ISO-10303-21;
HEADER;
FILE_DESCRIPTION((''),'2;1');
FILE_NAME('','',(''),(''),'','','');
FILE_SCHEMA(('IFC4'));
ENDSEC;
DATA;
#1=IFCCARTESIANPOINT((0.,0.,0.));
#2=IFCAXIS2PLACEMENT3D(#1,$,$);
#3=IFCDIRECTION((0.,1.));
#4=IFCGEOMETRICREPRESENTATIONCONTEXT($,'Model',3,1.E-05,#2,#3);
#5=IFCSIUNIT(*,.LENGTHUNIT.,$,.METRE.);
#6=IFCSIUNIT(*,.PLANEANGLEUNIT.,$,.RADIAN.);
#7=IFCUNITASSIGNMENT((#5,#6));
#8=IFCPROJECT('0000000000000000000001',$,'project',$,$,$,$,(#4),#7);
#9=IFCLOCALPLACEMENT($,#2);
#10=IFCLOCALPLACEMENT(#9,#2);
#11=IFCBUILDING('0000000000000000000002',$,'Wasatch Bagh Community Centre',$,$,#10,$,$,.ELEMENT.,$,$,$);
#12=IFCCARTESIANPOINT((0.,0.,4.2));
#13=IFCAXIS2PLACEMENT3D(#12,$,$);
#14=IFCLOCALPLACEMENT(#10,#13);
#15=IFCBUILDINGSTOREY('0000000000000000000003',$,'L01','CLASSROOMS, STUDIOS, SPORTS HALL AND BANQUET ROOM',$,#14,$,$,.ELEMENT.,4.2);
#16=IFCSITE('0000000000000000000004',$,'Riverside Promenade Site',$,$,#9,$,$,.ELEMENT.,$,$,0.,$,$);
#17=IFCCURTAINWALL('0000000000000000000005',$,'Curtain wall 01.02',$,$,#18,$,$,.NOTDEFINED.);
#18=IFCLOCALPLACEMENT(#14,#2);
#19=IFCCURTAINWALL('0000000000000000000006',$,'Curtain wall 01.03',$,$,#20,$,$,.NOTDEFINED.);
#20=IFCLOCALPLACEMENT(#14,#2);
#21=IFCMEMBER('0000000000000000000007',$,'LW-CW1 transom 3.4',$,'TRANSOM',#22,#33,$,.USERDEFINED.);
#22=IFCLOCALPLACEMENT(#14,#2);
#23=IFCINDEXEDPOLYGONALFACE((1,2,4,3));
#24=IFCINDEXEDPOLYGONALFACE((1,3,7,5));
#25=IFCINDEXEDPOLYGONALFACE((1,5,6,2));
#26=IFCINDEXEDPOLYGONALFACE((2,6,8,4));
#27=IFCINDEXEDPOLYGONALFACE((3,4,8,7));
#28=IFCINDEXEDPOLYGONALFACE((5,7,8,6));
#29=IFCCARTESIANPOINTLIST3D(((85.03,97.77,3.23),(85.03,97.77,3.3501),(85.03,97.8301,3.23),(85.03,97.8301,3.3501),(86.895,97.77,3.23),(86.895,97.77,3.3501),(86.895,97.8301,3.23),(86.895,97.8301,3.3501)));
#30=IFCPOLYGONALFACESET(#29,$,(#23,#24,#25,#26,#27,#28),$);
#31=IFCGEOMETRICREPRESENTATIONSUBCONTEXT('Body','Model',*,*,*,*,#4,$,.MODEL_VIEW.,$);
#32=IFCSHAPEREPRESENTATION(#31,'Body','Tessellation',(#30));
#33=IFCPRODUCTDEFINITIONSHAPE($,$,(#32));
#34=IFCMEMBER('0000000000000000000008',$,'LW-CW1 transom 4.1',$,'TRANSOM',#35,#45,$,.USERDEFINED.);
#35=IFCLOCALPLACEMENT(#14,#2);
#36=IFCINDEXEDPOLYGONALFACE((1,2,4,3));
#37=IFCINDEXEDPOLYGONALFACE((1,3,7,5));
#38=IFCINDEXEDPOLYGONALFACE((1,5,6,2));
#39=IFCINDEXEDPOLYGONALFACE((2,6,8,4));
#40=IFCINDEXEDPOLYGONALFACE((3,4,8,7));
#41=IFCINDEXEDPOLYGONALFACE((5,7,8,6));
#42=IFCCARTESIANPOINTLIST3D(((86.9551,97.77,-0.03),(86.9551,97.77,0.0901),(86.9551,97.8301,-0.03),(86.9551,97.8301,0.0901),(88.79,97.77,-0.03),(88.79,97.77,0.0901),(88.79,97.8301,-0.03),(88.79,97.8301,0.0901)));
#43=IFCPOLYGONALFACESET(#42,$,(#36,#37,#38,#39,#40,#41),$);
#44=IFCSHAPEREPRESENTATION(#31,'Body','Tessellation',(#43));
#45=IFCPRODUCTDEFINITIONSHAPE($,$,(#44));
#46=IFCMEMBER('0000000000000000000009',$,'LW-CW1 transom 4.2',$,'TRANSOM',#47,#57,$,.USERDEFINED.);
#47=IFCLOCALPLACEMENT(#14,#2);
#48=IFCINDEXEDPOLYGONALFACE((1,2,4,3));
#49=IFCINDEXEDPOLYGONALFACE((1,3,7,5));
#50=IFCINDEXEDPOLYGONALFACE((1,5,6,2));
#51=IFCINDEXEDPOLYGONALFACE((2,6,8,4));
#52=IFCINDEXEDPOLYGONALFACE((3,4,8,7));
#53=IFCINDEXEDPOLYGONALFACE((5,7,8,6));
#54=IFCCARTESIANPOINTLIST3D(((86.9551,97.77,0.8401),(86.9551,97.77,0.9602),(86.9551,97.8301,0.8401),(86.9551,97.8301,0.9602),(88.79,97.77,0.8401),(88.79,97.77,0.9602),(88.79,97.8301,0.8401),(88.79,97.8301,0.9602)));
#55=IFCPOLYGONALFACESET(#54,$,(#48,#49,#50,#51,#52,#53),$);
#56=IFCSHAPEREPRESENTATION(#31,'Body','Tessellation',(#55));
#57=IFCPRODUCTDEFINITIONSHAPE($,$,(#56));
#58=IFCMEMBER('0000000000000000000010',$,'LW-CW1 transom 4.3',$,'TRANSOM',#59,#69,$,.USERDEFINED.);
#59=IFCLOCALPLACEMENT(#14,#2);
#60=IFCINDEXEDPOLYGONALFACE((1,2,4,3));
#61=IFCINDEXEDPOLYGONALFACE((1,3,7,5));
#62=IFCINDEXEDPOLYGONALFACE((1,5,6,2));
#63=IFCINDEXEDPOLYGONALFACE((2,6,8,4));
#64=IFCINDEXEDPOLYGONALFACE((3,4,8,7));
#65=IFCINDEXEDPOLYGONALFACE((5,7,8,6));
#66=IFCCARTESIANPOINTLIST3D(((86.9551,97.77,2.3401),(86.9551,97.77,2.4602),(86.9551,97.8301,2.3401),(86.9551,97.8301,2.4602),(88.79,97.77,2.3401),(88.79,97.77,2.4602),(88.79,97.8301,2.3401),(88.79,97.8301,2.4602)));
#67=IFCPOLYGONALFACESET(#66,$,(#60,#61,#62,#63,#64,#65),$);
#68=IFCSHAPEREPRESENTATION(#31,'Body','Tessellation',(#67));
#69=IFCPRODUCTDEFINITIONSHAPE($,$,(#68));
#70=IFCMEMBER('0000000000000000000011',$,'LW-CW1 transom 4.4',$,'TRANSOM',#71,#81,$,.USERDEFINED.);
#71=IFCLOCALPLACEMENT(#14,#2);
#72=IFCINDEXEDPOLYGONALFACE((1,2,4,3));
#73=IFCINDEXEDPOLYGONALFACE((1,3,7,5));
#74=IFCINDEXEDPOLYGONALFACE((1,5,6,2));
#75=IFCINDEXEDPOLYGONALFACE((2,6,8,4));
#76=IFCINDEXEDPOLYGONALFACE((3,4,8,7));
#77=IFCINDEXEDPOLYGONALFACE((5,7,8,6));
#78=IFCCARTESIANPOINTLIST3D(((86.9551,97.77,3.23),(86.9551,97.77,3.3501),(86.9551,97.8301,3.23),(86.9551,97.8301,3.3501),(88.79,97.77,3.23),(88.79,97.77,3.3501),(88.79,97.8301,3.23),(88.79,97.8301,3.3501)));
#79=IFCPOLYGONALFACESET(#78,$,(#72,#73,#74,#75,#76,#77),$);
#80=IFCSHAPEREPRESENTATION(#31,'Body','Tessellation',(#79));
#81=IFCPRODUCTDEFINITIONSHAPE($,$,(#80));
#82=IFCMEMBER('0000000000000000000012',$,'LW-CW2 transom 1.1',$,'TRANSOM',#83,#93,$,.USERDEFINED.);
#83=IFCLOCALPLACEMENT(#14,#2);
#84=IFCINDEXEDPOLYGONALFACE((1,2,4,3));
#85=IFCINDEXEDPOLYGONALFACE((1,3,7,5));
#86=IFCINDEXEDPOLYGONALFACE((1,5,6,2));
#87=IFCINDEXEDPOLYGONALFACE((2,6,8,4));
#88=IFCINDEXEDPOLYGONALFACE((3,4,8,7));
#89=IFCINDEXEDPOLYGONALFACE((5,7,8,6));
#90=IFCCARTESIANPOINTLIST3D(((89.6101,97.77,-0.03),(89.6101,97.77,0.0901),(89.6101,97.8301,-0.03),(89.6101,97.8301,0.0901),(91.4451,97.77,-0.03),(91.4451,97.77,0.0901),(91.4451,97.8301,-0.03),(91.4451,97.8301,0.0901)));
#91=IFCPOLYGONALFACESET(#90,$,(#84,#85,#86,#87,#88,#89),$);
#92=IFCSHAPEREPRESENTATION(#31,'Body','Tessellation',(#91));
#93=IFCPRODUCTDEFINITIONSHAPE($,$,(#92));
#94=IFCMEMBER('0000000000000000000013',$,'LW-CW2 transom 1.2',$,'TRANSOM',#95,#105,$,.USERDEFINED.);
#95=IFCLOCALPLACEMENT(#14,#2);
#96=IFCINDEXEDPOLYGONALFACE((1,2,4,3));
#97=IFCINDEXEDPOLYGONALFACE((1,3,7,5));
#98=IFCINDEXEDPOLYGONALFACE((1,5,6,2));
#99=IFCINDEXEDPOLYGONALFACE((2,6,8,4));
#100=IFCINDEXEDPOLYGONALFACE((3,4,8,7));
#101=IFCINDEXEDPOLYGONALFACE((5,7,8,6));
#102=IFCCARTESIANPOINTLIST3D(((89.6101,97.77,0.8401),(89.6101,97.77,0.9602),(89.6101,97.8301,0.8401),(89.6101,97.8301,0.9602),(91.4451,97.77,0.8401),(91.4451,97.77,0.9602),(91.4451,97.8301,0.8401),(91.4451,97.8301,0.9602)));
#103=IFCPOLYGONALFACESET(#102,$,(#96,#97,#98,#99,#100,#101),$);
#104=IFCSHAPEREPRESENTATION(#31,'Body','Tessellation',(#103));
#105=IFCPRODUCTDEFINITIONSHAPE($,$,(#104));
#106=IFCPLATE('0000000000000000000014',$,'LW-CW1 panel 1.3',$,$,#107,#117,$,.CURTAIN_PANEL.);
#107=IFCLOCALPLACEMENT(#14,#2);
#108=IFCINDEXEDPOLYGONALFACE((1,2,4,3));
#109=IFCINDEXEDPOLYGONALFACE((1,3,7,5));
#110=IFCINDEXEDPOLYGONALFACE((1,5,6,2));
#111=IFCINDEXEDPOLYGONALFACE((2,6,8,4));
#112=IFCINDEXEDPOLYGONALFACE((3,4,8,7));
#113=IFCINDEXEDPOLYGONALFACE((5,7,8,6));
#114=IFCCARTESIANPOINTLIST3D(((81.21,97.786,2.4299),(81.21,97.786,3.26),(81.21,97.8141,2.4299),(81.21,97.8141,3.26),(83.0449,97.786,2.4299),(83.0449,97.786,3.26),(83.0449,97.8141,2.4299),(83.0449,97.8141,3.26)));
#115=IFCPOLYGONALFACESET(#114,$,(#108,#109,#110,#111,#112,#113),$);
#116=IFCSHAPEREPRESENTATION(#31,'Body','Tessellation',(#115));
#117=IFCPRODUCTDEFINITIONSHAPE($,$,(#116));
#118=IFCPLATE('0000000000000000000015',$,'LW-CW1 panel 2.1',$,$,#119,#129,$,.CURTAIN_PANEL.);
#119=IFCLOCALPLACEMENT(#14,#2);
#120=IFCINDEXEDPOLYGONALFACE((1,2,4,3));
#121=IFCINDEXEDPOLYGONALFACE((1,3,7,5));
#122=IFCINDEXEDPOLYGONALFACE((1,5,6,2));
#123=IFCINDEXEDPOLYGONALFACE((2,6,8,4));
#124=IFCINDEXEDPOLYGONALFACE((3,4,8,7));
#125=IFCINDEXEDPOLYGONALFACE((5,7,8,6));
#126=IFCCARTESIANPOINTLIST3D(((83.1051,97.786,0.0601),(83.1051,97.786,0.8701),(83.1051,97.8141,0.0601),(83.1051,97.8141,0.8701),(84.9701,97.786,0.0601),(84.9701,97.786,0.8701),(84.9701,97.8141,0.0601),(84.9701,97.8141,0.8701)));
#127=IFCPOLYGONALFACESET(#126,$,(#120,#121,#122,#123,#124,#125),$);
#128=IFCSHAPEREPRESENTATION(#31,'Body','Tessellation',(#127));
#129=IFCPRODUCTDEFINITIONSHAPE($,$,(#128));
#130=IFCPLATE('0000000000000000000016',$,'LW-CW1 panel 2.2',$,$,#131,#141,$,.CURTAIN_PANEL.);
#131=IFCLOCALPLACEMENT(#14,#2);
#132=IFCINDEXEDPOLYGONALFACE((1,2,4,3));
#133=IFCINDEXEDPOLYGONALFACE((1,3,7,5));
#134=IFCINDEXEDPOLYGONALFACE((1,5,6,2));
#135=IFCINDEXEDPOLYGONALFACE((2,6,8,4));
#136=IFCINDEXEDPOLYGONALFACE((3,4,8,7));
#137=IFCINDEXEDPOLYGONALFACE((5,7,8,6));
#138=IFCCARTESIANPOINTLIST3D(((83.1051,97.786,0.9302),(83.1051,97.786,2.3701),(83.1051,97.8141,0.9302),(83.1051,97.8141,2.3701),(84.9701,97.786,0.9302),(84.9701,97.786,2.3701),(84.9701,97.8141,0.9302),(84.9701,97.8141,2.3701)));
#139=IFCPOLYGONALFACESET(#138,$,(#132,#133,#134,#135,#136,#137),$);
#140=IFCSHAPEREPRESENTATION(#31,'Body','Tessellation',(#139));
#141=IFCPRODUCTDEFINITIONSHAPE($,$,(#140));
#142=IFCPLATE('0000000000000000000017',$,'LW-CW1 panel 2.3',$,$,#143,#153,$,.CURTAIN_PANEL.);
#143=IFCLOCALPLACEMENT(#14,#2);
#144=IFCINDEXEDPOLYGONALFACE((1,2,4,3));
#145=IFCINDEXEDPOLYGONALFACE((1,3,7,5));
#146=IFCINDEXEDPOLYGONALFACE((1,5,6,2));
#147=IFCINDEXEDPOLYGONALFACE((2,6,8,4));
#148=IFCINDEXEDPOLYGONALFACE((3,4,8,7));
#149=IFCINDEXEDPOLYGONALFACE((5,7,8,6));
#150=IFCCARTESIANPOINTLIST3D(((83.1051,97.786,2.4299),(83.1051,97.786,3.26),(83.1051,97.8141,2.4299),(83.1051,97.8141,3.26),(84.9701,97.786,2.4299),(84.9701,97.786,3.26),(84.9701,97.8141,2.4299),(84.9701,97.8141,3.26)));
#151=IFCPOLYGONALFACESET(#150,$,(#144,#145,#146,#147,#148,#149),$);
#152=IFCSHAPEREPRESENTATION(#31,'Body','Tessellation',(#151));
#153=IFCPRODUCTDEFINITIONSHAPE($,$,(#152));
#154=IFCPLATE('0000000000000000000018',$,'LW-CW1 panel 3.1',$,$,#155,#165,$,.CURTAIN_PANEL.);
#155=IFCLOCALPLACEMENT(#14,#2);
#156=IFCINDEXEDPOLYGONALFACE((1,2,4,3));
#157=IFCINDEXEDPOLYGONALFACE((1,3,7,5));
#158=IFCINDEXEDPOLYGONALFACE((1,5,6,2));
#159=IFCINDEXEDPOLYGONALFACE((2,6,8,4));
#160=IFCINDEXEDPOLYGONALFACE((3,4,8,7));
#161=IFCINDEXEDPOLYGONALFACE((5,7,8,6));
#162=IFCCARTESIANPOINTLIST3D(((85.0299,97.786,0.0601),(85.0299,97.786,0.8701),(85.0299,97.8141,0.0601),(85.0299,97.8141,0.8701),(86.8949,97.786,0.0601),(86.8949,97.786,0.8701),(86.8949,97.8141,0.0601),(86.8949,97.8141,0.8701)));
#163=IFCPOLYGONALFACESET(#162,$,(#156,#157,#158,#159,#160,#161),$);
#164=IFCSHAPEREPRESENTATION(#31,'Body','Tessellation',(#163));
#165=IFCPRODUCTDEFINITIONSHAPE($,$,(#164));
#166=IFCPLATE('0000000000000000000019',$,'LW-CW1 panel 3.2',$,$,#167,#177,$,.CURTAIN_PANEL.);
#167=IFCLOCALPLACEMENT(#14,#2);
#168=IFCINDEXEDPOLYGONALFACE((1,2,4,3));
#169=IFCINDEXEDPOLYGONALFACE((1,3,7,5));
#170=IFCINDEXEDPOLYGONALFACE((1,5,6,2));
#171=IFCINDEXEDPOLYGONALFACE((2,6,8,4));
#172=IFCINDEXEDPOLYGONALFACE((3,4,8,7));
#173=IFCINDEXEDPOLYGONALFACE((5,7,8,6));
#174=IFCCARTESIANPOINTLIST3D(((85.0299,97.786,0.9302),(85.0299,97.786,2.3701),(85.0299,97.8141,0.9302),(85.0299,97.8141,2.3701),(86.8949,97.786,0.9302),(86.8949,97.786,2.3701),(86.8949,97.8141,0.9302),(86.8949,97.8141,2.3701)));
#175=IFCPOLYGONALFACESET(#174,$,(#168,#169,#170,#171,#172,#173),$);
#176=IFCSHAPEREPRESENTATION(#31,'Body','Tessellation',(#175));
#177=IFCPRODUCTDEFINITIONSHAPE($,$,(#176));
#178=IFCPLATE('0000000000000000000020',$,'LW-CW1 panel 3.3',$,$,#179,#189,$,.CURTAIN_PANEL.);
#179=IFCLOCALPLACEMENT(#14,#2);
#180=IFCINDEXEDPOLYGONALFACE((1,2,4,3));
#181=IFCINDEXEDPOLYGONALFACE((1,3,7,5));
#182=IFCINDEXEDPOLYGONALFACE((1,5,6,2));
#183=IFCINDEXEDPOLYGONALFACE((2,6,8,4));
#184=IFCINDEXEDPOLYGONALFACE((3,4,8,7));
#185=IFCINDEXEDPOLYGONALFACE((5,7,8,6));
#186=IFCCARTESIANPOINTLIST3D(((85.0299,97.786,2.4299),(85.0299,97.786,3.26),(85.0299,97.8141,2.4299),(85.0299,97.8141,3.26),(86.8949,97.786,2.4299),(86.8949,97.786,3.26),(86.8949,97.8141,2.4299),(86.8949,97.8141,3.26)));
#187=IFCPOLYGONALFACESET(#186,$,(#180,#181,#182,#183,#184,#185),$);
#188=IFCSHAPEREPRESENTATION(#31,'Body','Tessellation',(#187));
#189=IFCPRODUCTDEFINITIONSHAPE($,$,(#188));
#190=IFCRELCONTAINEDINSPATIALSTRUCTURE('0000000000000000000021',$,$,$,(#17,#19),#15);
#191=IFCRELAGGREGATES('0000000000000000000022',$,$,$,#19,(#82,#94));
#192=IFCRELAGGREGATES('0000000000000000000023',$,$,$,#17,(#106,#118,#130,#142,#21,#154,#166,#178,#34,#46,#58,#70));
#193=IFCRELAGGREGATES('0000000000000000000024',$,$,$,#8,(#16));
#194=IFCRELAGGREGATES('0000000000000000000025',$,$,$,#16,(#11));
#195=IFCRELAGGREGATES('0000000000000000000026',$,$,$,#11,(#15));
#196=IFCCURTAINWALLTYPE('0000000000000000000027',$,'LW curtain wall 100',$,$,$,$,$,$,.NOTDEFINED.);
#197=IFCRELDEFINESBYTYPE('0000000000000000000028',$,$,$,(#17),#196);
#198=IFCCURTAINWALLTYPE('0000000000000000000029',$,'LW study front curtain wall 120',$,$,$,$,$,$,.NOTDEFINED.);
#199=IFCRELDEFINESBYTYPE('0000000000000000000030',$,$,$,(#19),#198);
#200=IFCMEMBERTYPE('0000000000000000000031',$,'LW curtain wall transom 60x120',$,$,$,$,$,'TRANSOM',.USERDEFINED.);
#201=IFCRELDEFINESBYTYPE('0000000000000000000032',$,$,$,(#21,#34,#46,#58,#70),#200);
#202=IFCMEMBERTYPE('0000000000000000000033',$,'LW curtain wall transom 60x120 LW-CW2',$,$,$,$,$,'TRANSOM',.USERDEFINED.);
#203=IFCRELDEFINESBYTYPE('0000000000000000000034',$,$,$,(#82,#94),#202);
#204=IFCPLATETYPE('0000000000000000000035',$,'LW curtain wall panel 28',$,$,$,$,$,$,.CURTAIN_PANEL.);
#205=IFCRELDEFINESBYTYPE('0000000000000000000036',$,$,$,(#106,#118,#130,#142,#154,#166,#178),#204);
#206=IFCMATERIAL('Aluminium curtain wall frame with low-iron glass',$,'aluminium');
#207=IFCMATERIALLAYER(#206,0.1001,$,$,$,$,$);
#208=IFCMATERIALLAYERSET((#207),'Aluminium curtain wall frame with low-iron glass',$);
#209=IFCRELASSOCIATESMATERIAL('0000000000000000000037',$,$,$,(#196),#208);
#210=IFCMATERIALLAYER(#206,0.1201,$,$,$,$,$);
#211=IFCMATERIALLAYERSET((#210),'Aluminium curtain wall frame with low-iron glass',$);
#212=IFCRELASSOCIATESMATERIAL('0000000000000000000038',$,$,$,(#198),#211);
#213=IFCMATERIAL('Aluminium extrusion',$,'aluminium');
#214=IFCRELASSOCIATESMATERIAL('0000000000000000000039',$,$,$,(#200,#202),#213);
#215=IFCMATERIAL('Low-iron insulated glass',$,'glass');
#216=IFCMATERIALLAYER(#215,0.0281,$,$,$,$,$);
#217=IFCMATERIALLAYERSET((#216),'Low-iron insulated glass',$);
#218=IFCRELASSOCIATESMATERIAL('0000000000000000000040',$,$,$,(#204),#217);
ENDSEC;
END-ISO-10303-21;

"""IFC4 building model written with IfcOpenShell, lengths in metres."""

from ifc_helpers import new_model, si_unit, direction, frame, origin, origin_2d, place, context, subcontext, project, spatial, rectangle, extrude, material, layer, layer_set, material_profile, profile_set, type_object, element, aggregate, save


model = new_model("IFC4")

# Units and contexts
model_context = context("Model", 3, precision=1e-05, world=origin(), true_north=direction((0.0, 1.0)))
body_context = subcontext(model_context, "Body", "Model", "MODEL_VIEW")
ifc_project = project(units=[si_unit("LENGTHUNIT", "METRE"), si_unit("PLANEANGLEUNIT", "RADIAN")], contexts=[model_context])

# Site, building, storey
site_placement = place(None, origin())
site = spatial("IfcSite", under=ifc_project, at=site_placement, Name="Riverside Promenade Site", CompositionType="ELEMENT", RefElevation=0.0)
building_placement = place(site_placement, origin())
building = spatial("IfcBuilding", under=site, at=building_placement, Name="Wasatch Bagh Community Centre", CompositionType="ELEMENT")
storey_placement = place(building_placement, frame((0.0, 0.0, 4.2)))
storey = spatial("IfcBuildingStorey", under=building, at=storey_placement, Name="L01", Description="CLASSROOMS, STUDIOS, SPORTS HALL AND BANQUET ROOM", CompositionType="ELEMENT", Elevation=4.2)

# Curtain wall
ifc_material_1 = material(Name="Aluminium curtain wall frame with low-iron glass", Category="aluminium")
ifc_layer_1 = layer(ifc_material_1, 0.1001)
ifc_layer_set_1 = layer_set([ifc_layer_1], Name="Aluminium curtain wall frame with low-iron glass")
curtain_wall_type_1 = type_object("IfcCurtainWallType", Name="LW curtain wall 100", PredefinedType="NOTDEFINED", material=ifc_layer_set_1)
curtain_wall_1_placement = place(storey_placement, origin())
curtain_wall_1 = element("IfcCurtainWall", 1, at=curtain_wall_1_placement, inside=storey, type_object=curtain_wall_type_1, Name="Curtain wall 01.02", PredefinedType="NOTDEFINED")
ifc_material_2 = material(Name="Aluminium extrusion", Category="aluminium")

# Curtain wall
ifc_layer_2 = layer(ifc_material_1, 0.1201)
ifc_layer_set_2 = layer_set([ifc_layer_2], Name="Aluminium curtain wall frame with low-iron glass")
curtain_wall_type_2 = type_object("IfcCurtainWallType", Name="LW study front curtain wall 120", PredefinedType="NOTDEFINED", material=ifc_layer_set_2)
curtain_wall_2_placement = place(storey_placement, origin())
curtain_wall_2 = element("IfcCurtainWall", 2, at=curtain_wall_2_placement, inside=storey, type_object=curtain_wall_type_2, Name="Curtain wall 01.03", PredefinedType="NOTDEFINED")

# Members
ifc_material_profile_1 = material_profile(ifc_material_2, rectangle(XDim=0.0601, YDim=0.1201, at=origin_2d()), Name="AL 60x120")
ifc_profile_set_1 = profile_set([ifc_material_profile_1], Name="Aluminium extrusion")
member_type_1 = type_object("IfcMemberType", Name="LW curtain wall transom 60x120", ElementType="TRANSOM", PredefinedType="USERDEFINED", material=ifc_profile_set_1)
member_1_placement = place(storey_placement, frame((85.03, 97.8, 3.29), z_axis=(1.0, 0.0, 0.0), x_axis=(0.0, 1.0, 0.0)))
member_1 = element("IfcMember", 3, at=member_1_placement, type_object=member_type_1, Name="LW-CW1 transom 3.4", ObjectType="TRANSOM", PredefinedType="USERDEFINED", context=body_context, shape_type="SweptSolid", body=[
    extrude(rectangle(XDim=0.0601, YDim=0.1201, at=origin_2d()), origin(), (0.0, 0.0, 1.0), 1.865),
])
member_2_placement = place(storey_placement, frame((86.9551, 97.8, 0.03), z_axis=(1.0, 0.0, 0.0), x_axis=(0.0, 1.0, 0.0)))
member_2 = element("IfcMember", 4, at=member_2_placement, type_object=member_type_1, Name="LW-CW1 transom 4.1", ObjectType="TRANSOM", PredefinedType="USERDEFINED", context=body_context, shape_type="SweptSolid", body=[
    extrude(rectangle(XDim=0.0601, YDim=0.1201, at=origin_2d()), origin(), (0.0, 0.0, 1.0), 1.835),
])
member_3_placement = place(storey_placement, frame((86.9551, 97.8, 0.9001), z_axis=(1.0, 0.0, 0.0), x_axis=(0.0, 1.0, 0.0)))
member_3 = element("IfcMember", 5, at=member_3_placement, type_object=member_type_1, Name="LW-CW1 transom 4.2", ObjectType="TRANSOM", PredefinedType="USERDEFINED", context=body_context, shape_type="SweptSolid", body=[
    extrude(rectangle(XDim=0.0601, YDim=0.1201, at=origin_2d()), origin(), (0.0, 0.0, 1.0), 1.835),
])
member_4_placement = place(storey_placement, frame((86.9551, 97.8, 2.4001), z_axis=(1.0, 0.0, 0.0), x_axis=(0.0, 1.0, 0.0)))
member_4 = element("IfcMember", 6, at=member_4_placement, type_object=member_type_1, Name="LW-CW1 transom 4.3", ObjectType="TRANSOM", PredefinedType="USERDEFINED", context=body_context, shape_type="SweptSolid", body=[
    extrude(rectangle(XDim=0.0601, YDim=0.1201, at=origin_2d()), origin(), (0.0, 0.0, 1.0), 1.835),
])
member_5_placement = place(storey_placement, frame((86.9551, 97.8, 3.29), z_axis=(1.0, 0.0, 0.0), x_axis=(0.0, 1.0, 0.0)))
member_5 = element("IfcMember", 7, at=member_5_placement, type_object=member_type_1, Name="LW-CW1 transom 4.4", ObjectType="TRANSOM", PredefinedType="USERDEFINED", context=body_context, shape_type="SweptSolid", body=[
    extrude(rectangle(XDim=0.0601, YDim=0.1201, at=origin_2d()), origin(), (0.0, 0.0, 1.0), 1.835),
])
ifc_material_profile_2 = material_profile(ifc_material_2, rectangle(XDim=0.0601, YDim=0.1201, at=origin_2d()), Name="AL 60x120")
ifc_profile_set_2 = profile_set([ifc_material_profile_2], Name="Aluminium extrusion")
member_type_2 = type_object("IfcMemberType", Name="LW curtain wall transom 60x120 LW-CW2", ElementType="TRANSOM", PredefinedType="USERDEFINED", material=ifc_profile_set_2)
member_6_placement = place(storey_placement, frame((89.6101, 97.8, 0.03), z_axis=(1.0, 0.0, 0.0), x_axis=(0.0, 1.0, 0.0)))
member_6 = element("IfcMember", 8, at=member_6_placement, type_object=member_type_2, Name="LW-CW2 transom 1.1", ObjectType="TRANSOM", PredefinedType="USERDEFINED", context=body_context, shape_type="SweptSolid", body=[
    extrude(rectangle(XDim=0.0601, YDim=0.1201, at=origin_2d()), origin(), (0.0, 0.0, 1.0), 1.835),
])
member_7_placement = place(storey_placement, frame((89.6101, 97.8, 0.9001), z_axis=(1.0, 0.0, 0.0), x_axis=(0.0, 1.0, 0.0)))
member_7 = element("IfcMember", 9, at=member_7_placement, type_object=member_type_2, Name="LW-CW2 transom 1.2", ObjectType="TRANSOM", PredefinedType="USERDEFINED", context=body_context, shape_type="SweptSolid", body=[
    extrude(rectangle(XDim=0.0601, YDim=0.1201, at=origin_2d()), origin(), (0.0, 0.0, 1.0), 1.835),
])
aggregate(curtain_wall_2, [member_6, member_7])

# Plates
ifc_material_3 = material(Name="Low-iron insulated glass", Category="glass")
ifc_layer_3 = layer(ifc_material_3, 0.0281)
ifc_layer_set_3 = layer_set([ifc_layer_3], Name="Low-iron insulated glass")
plate_type = type_object("IfcPlateType", Name="LW curtain wall panel 28", PredefinedType="CURTAIN_PANEL", material=ifc_layer_set_3)
plate_1_placement = place(storey_placement, frame((82.1274, 97.8, 2.4299), z_axis=(0.0, 0.0, 1.0), x_axis=(1.0, 0.0, 0.0)))
plate_1 = element("IfcPlate", 10, at=plate_1_placement, type_object=plate_type, Name="LW-CW1 panel 1.3", PredefinedType="CURTAIN_PANEL", context=body_context, shape_type="SweptSolid", body=[
    extrude(rectangle(XDim=1.835, YDim=0.0281, at=origin_2d()), origin(), (0.0, 0.0, 1.0), 0.8301),
])
plate_2_placement = place(storey_placement, frame((84.0376, 97.8, 0.0601), z_axis=(0.0, 0.0, 1.0), x_axis=(1.0, 0.0, 0.0)))
plate_2 = element("IfcPlate", 11, at=plate_2_placement, type_object=plate_type, Name="LW-CW1 panel 2.1", PredefinedType="CURTAIN_PANEL", context=body_context, shape_type="SweptSolid", body=[
    extrude(rectangle(XDim=1.865, YDim=0.0281, at=origin_2d()), origin(), (0.0, 0.0, 1.0), 0.8101),
])
plate_3_placement = place(storey_placement, frame((84.0376, 97.8, 0.9302), z_axis=(0.0, 0.0, 1.0), x_axis=(1.0, 0.0, 0.0)))
plate_3 = element("IfcPlate", 12, at=plate_3_placement, type_object=plate_type, Name="LW-CW1 panel 2.2", PredefinedType="CURTAIN_PANEL", context=body_context, shape_type="SweptSolid", body=[
    extrude(rectangle(XDim=1.865, YDim=0.0281, at=origin_2d()), origin(), (0.0, 0.0, 1.0), 1.4399),
])
plate_4_placement = place(storey_placement, frame((84.0376, 97.8, 2.4299), z_axis=(0.0, 0.0, 1.0), x_axis=(1.0, 0.0, 0.0)))
plate_4 = element("IfcPlate", 13, at=plate_4_placement, type_object=plate_type, Name="LW-CW1 panel 2.3", PredefinedType="CURTAIN_PANEL", context=body_context, shape_type="SweptSolid", body=[
    extrude(rectangle(XDim=1.865, YDim=0.0281, at=origin_2d()), origin(), (0.0, 0.0, 1.0), 0.8301),
])
plate_5_placement = place(storey_placement, frame((85.9624, 97.8, 0.0601), z_axis=(0.0, 0.0, 1.0), x_axis=(1.0, 0.0, 0.0)))
plate_5 = element("IfcPlate", 14, at=plate_5_placement, type_object=plate_type, Name="LW-CW1 panel 3.1", PredefinedType="CURTAIN_PANEL", context=body_context, shape_type="SweptSolid", body=[
    extrude(rectangle(XDim=1.865, YDim=0.0281, at=origin_2d()), origin(), (0.0, 0.0, 1.0), 0.8101),
])
plate_6_placement = place(storey_placement, frame((85.9624, 97.8, 0.9302), z_axis=(0.0, 0.0, 1.0), x_axis=(1.0, 0.0, 0.0)))
plate_6 = element("IfcPlate", 15, at=plate_6_placement, type_object=plate_type, Name="LW-CW1 panel 3.2", PredefinedType="CURTAIN_PANEL", context=body_context, shape_type="SweptSolid", body=[
    extrude(rectangle(XDim=1.865, YDim=0.0281, at=origin_2d()), origin(), (0.0, 0.0, 1.0), 1.4399),
])
plate_7_placement = place(storey_placement, frame((85.9624, 97.8, 2.4299), z_axis=(0.0, 0.0, 1.0), x_axis=(1.0, 0.0, 0.0)))
plate_7 = element("IfcPlate", 16, at=plate_7_placement, type_object=plate_type, Name="LW-CW1 panel 3.3", PredefinedType="CURTAIN_PANEL", context=body_context, shape_type="SweptSolid", body=[
    extrude(rectangle(XDim=1.865, YDim=0.0281, at=origin_2d()), origin(), (0.0, 0.0, 1.0), 0.8301),
])
aggregate(curtain_wall_1, [plate_1, plate_2, plate_3, plate_4, member_1, plate_5, plate_6, plate_7, member_2, member_3, member_4, member_5])

save(model, "model.ifc")
